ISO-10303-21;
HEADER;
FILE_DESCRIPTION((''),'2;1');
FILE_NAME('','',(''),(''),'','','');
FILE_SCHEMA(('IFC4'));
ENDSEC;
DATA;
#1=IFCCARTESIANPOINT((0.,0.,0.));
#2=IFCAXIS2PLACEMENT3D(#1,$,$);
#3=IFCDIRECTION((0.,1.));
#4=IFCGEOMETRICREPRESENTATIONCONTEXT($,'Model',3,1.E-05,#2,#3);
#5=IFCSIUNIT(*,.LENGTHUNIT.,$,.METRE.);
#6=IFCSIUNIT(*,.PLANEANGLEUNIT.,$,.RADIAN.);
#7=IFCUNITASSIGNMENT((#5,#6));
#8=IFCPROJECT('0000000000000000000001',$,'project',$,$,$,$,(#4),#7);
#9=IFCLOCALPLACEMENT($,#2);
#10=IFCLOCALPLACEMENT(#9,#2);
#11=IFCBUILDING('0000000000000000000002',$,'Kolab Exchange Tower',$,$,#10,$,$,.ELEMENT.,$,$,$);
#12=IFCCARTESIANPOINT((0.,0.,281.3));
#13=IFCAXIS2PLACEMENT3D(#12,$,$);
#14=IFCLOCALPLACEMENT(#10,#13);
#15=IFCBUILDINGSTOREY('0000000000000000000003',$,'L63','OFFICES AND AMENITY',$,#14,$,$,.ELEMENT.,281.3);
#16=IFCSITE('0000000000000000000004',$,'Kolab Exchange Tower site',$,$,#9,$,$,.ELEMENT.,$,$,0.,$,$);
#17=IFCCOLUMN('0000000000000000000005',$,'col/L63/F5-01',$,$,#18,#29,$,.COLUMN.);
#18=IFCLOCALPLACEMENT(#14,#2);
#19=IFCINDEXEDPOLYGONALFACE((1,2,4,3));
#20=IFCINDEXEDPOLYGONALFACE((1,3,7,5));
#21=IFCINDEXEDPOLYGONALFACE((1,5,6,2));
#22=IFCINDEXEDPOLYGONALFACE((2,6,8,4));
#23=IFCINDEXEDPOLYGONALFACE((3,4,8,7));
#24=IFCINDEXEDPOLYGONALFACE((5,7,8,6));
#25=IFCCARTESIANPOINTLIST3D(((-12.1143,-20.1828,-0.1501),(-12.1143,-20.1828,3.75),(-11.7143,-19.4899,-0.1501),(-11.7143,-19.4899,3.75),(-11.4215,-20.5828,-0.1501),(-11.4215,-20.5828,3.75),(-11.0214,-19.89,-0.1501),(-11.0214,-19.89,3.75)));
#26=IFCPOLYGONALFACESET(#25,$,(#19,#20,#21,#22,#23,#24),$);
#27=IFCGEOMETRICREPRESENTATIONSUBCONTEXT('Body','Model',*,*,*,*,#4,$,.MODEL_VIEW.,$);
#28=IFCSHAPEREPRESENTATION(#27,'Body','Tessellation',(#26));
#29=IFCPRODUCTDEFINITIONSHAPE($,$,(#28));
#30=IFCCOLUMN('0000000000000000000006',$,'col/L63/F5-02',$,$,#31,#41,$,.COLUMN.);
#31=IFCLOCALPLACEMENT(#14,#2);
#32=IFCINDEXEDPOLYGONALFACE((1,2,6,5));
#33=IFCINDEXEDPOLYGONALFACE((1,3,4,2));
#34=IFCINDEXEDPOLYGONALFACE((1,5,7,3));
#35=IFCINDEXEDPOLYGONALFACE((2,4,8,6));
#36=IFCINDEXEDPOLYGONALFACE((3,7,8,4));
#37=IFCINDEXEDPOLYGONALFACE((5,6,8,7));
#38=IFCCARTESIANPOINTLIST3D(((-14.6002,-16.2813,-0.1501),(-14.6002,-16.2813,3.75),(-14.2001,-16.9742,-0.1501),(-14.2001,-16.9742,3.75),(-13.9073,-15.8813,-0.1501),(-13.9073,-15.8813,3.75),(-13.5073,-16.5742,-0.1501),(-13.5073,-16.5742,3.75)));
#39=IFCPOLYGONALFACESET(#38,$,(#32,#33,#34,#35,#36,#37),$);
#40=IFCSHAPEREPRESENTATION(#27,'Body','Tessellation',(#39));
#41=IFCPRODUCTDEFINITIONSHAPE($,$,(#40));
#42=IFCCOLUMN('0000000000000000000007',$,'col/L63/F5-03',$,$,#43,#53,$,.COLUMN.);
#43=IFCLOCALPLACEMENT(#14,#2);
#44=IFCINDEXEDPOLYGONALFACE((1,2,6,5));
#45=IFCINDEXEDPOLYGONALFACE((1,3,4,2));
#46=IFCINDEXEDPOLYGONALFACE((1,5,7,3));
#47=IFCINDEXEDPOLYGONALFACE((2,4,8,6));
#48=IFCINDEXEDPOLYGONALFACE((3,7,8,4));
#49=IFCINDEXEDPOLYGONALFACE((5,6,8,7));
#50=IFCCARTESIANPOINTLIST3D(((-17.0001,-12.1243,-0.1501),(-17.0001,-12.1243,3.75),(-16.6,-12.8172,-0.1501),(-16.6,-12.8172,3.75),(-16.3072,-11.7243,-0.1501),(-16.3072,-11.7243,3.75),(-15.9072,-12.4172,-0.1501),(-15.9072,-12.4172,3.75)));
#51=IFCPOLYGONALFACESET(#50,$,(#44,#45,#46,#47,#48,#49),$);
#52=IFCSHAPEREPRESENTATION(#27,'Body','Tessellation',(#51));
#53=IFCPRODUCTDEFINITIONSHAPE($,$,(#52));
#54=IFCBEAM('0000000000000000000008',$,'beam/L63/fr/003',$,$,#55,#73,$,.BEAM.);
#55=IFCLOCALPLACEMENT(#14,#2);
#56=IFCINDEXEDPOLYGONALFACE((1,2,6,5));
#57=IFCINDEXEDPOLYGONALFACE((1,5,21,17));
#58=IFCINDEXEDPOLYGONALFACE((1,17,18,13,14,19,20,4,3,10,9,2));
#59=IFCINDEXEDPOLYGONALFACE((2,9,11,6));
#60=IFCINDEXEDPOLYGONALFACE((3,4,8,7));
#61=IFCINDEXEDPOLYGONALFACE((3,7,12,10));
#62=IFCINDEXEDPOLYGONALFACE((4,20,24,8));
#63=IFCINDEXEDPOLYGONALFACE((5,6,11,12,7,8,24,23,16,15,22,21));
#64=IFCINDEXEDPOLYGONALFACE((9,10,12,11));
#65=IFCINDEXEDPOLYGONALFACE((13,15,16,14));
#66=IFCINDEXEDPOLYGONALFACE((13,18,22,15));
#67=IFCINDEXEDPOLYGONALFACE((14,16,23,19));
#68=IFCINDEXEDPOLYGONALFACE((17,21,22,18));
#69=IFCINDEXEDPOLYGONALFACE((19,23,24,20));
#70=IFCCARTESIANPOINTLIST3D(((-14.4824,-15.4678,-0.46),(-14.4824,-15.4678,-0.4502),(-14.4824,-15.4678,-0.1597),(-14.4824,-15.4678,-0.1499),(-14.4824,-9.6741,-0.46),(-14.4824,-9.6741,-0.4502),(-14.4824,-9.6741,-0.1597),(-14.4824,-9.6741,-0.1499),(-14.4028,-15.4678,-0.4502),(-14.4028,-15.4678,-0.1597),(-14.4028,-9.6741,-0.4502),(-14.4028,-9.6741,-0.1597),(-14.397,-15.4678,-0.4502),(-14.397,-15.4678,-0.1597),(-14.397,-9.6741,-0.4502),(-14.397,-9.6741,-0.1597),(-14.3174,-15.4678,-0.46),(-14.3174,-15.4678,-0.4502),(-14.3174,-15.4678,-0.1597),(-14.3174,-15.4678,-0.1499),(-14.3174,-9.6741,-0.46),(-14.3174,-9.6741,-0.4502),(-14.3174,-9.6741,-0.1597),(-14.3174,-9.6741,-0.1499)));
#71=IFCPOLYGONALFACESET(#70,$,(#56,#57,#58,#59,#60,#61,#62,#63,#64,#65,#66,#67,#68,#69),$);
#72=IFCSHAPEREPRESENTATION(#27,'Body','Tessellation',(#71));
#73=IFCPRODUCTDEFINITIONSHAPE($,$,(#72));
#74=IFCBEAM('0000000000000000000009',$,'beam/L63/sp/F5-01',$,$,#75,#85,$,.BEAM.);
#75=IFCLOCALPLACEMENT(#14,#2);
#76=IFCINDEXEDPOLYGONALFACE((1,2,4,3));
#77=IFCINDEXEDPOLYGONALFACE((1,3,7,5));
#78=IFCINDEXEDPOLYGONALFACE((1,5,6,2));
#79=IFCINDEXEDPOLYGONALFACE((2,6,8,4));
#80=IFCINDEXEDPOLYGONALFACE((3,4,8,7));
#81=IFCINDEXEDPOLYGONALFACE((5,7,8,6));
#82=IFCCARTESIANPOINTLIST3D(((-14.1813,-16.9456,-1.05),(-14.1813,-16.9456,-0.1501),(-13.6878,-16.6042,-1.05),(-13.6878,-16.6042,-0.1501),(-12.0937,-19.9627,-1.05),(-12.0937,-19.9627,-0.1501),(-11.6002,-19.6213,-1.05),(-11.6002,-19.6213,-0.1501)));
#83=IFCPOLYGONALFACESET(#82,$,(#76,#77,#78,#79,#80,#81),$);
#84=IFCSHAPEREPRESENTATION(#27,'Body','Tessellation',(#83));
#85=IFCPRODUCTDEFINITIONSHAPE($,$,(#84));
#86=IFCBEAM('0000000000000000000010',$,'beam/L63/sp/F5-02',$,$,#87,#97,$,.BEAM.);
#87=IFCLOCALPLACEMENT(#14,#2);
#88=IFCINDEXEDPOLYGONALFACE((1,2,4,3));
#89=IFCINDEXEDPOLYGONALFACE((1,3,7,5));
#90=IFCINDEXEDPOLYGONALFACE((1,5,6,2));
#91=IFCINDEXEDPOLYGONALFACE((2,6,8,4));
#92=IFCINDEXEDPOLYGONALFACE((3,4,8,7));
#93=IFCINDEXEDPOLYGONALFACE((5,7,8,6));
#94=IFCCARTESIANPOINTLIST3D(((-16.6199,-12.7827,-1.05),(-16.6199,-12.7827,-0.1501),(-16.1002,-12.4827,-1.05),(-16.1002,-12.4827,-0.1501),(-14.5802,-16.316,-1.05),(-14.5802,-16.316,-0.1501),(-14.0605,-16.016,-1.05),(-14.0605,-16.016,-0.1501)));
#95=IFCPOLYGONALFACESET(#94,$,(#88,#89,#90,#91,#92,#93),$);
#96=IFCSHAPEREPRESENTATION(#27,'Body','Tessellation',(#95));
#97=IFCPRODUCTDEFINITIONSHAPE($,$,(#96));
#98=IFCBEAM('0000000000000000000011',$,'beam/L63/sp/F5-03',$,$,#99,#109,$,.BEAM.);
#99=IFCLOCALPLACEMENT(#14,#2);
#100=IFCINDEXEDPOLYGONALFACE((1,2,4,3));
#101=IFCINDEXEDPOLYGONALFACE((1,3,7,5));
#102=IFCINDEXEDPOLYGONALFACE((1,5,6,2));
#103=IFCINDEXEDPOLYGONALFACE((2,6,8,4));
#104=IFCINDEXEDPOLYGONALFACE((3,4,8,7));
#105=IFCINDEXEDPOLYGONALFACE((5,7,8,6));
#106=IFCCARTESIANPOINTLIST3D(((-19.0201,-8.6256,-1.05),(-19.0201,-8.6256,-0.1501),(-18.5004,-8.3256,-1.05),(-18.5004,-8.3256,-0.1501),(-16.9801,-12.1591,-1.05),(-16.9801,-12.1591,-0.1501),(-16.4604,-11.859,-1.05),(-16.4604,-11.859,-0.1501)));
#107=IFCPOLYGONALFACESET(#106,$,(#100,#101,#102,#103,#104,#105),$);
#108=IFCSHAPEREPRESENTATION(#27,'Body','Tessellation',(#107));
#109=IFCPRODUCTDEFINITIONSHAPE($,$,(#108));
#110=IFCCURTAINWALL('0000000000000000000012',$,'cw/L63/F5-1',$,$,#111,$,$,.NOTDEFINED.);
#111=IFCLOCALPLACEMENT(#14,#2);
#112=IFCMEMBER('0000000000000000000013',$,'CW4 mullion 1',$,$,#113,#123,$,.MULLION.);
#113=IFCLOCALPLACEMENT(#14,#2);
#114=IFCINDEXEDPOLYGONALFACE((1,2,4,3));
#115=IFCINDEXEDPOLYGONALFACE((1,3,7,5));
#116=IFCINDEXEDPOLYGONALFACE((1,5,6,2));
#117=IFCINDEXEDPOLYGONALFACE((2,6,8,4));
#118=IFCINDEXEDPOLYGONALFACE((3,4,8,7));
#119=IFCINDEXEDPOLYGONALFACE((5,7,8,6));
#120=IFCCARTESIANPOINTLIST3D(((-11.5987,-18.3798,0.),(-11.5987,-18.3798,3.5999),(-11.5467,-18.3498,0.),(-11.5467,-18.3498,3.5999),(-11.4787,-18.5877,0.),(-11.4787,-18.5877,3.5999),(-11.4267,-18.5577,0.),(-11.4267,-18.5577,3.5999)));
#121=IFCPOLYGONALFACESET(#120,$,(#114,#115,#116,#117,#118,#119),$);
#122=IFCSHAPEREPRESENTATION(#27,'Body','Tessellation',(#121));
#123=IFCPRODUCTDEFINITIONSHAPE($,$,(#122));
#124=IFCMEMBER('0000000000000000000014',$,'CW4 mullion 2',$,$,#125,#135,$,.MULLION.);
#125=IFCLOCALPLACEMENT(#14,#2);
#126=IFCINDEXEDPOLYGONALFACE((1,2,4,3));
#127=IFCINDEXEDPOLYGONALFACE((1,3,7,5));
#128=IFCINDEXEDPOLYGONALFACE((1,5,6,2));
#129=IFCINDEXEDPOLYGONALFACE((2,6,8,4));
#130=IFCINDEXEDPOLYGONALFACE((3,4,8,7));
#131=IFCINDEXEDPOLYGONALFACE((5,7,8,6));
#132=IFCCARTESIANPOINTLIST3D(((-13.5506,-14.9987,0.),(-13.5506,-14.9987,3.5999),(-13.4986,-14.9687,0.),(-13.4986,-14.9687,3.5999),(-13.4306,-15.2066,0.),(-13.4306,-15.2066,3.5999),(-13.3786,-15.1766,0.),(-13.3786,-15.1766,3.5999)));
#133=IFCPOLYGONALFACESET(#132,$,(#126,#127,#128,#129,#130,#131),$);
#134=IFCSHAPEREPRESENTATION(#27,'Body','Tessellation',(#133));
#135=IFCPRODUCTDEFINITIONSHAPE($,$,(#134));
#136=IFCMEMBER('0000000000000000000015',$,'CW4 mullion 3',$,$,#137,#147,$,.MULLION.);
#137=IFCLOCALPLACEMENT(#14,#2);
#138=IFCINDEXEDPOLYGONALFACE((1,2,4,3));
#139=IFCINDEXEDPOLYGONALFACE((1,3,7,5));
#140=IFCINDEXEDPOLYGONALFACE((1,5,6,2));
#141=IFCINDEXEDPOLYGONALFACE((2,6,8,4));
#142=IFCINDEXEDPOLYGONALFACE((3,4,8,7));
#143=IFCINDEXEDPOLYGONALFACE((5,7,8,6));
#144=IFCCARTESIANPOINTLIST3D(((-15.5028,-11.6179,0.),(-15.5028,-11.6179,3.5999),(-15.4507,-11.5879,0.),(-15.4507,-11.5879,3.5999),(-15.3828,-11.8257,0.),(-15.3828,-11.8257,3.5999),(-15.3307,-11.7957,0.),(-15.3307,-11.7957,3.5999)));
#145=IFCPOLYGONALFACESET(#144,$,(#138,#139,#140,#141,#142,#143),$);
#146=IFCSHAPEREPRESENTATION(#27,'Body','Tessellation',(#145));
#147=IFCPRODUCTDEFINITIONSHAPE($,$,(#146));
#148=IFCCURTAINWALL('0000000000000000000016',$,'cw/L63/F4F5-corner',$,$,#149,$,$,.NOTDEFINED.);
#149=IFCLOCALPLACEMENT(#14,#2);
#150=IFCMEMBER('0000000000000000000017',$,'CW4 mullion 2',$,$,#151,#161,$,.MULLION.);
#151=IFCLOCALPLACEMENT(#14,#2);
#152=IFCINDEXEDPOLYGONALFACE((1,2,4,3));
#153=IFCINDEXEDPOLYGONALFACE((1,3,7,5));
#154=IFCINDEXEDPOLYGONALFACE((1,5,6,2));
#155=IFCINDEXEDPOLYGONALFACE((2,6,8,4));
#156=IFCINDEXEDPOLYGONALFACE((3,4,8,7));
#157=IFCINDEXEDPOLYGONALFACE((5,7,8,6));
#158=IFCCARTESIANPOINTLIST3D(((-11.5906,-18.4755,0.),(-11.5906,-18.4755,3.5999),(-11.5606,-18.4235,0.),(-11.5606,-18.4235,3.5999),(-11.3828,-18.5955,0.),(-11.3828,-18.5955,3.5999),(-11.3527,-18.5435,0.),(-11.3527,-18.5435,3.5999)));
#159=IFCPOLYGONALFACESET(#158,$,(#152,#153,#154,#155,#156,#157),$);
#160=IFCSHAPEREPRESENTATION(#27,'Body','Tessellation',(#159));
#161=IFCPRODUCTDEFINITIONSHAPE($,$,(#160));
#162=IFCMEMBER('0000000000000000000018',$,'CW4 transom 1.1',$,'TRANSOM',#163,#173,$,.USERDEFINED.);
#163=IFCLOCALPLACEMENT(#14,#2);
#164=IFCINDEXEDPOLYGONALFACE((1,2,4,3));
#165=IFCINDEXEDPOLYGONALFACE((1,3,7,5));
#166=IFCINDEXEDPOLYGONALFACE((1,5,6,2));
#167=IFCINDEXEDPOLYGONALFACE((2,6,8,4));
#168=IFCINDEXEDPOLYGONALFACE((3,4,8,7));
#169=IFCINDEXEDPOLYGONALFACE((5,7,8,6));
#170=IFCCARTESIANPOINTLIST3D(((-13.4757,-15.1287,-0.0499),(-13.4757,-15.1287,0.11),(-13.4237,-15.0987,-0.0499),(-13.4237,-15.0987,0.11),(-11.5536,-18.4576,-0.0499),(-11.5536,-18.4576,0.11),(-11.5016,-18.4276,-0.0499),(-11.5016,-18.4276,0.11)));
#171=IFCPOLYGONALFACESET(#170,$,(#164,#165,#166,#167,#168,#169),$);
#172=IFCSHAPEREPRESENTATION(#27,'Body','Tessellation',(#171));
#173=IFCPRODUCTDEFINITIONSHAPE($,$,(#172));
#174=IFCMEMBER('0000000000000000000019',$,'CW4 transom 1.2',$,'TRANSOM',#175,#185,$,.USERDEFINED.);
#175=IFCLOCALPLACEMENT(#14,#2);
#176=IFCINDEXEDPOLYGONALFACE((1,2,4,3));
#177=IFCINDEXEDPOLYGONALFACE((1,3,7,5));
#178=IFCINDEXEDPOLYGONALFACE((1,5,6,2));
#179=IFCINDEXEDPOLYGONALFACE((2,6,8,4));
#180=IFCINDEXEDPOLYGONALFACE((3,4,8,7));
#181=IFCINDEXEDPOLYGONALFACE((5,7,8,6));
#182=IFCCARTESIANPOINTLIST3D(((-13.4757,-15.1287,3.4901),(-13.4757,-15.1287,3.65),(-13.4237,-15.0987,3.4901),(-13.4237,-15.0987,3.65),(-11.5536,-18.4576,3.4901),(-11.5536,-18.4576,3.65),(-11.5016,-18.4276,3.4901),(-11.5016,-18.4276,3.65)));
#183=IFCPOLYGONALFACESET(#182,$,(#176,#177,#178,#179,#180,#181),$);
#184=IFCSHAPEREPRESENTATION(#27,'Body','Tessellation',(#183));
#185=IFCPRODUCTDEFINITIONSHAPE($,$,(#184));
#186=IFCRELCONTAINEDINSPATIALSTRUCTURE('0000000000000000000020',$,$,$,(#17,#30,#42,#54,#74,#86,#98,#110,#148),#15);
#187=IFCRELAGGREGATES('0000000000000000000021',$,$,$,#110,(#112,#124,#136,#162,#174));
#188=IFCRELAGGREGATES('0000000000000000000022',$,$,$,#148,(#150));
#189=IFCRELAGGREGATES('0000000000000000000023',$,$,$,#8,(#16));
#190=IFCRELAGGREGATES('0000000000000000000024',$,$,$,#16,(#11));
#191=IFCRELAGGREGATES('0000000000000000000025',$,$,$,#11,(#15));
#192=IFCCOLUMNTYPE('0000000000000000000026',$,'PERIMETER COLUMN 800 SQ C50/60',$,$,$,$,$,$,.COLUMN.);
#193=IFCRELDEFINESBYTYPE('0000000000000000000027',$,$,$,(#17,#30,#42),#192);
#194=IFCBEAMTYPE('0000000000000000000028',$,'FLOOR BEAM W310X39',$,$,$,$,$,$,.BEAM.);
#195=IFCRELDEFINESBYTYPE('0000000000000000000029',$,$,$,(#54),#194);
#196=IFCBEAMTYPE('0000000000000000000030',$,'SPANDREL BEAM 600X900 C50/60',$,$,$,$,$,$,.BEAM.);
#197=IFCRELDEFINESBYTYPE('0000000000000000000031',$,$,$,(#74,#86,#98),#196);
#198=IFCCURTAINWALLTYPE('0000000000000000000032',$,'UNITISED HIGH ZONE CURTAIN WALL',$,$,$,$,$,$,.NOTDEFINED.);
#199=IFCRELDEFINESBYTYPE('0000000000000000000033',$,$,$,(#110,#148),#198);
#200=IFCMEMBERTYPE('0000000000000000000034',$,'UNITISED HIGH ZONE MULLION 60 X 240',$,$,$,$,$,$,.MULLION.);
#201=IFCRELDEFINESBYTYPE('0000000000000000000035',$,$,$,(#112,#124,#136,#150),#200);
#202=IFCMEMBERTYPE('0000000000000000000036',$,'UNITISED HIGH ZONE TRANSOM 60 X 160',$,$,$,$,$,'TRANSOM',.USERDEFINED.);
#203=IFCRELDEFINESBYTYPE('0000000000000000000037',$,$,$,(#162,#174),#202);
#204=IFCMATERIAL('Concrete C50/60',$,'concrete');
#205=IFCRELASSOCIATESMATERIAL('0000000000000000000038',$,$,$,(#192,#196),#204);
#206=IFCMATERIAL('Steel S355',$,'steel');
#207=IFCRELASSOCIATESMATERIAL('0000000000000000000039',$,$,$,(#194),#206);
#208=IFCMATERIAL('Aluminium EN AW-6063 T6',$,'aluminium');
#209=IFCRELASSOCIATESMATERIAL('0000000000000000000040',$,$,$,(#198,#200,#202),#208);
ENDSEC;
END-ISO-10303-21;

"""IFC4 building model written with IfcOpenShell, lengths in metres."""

from ifc_helpers import new_model, si_unit, direction, frame, origin, origin_2d, place, context, subcontext, project, spatial, rectangle, i_section, extrude, material, material_profile, profile_set, type_object, element, aggregate, save


model = new_model("IFC4")

# Units and contexts
model_context = context("Model", 3, precision=1e-05, world=origin(), true_north=direction((0.0, 1.0)))
body_context = subcontext(model_context, "Body", "Model", "MODEL_VIEW")
ifc_project = project(units=[si_unit("LENGTHUNIT", "METRE"), si_unit("PLANEANGLEUNIT", "RADIAN")], contexts=[model_context])

# Site, building, storey
site_placement = place(None, origin())
site = spatial("IfcSite", under=ifc_project, at=site_placement, Name="Kolab Exchange Tower site", CompositionType="ELEMENT", RefElevation=0.0)
building_placement = place(site_placement, origin())
building = spatial("IfcBuilding", under=site, at=building_placement, Name="Kolab Exchange Tower", CompositionType="ELEMENT")
storey_placement = place(building_placement, frame((0.0, 0.0, 281.3)))
storey = spatial("IfcBuildingStorey", under=building, at=storey_placement, Name="L63", Description="OFFICES AND AMENITY", CompositionType="ELEMENT", Elevation=281.3)

# Columns
ifc_material_1 = material(Name="Concrete C50/60", Category="concrete")
ifc_material_profile_1 = material_profile(ifc_material_1, rectangle(XDim=0.8, YDim=0.8, at=origin_2d()), Name="RC800")
ifc_profile_set_1 = profile_set([ifc_material_profile_1], Name="Concrete C50/60")
column_type = type_object("IfcColumnType", Name="PERIMETER COLUMN 800 SQ C50/60", PredefinedType="COLUMN", material=ifc_profile_set_1)
for number, where, z_axis, x_axis, name in (
    (1, (-11.5679, -20.0364, -0.1501), (0.0, 0.0, 1.0), (0.5, 0.866025, 0.0), "col/L63/F5-01"),
    (2, (-14.0537, -16.4277, -0.1501), (0.0, 0.0, 1.0), (0.866025, 0.5, 0.0), "col/L63/F5-02"),
    (3, (-16.4536, -12.2708, -0.1501), (0.0, 0.0, 1.0), (0.866025, 0.5, 0.0), "col/L63/F5-03"),
):
    element("IfcColumn", number, at=place(storey_placement, frame(where, z_axis=z_axis, x_axis=x_axis)), inside=storey, type_object=column_type, Name=name, PredefinedType="COLUMN", context=body_context, shape_type="SweptSolid", body=[
        extrude(rectangle(XDim=0.8, YDim=0.8, at=origin_2d()), origin(), (0.0, 0.0, 1.0), 3.9001),
    ])

# Beams
ifc_material_2 = material(Name="Steel S355", Category="steel")
ifc_material_profile_2 = material_profile(ifc_material_2, i_section(OverallWidth=0.165, OverallDepth=0.3101, WebThickness=0.0059, FlangeThickness=0.0098, at=origin_2d()), Name="W310X39")
ifc_profile_set_2 = profile_set([ifc_material_profile_2], Name="Steel S355")
beam_type_1 = type_object("IfcBeamType", Name="FLOOR BEAM W310X39", PredefinedType="BEAM", material=ifc_profile_set_2)
beam_1_placement = place(storey_placement, frame((-14.3999, -15.4678, -0.3049), z_axis=(0.0, 1.0, 0.0), x_axis=(-1.0, 0.0, 0.0)))
element("IfcBeam", 4, at=beam_1_placement, inside=storey, type_object=beam_type_1, Name="beam/L63/fr/003", PredefinedType="BEAM", context=body_context, shape_type="SweptSolid", body=[
    extrude(i_section(OverallWidth=0.165, OverallDepth=0.3101, WebThickness=0.0059, FlangeThickness=0.0098, at=origin_2d()), origin(), (0.0, 0.0, 1.0), 5.7937),
])
ifc_material_profile_3 = material_profile(ifc_material_1, rectangle(XDim=0.6001, YDim=0.8999, at=origin_2d()), Name="RC600X900")
ifc_profile_set_3 = profile_set([ifc_material_profile_3], Name="Concrete C50/60")
beam_type_2 = type_object("IfcBeamType", Name="SPANDREL BEAM 600X900 C50/60", PredefinedType="BEAM", material=ifc_profile_set_3)
beam_2_placement = place(storey_placement, frame((-11.8469, -19.792, -0.6001), z_axis=(-0.569006, 0.822334, 0.0), x_axis=(-0.822334, -0.569006, 0.0)))
element("IfcBeam", 5, at=beam_2_placement, inside=storey, type_object=beam_type_2, Name="beam/L63/sp/F5-01", PredefinedType="BEAM", context=body_context, shape_type="SweptSolid", body=[
    extrude(rectangle(XDim=0.6001, YDim=0.8999, at=origin_2d()), origin(), (0.0, 0.0, 1.0), 3.6689),
])
beam_3_placement = place(storey_placement, frame((-14.3203, -16.166, -0.6001), z_axis=(-0.499956, 0.866051, 0.0), x_axis=(-0.866051, -0.499956, 0.0)))
element("IfcBeam", 6, at=beam_3_placement, inside=storey, type_object=beam_type_2, Name="beam/L63/sp/F5-02", PredefinedType="BEAM", context=body_context, shape_type="SweptSolid", body=[
    extrude(rectangle(XDim=0.6001, YDim=0.8999, at=origin_2d()), origin(), (0.0, 0.0, 1.0), 4.0798),
])
beam_4_placement = place(storey_placement, frame((-16.7202, -12.009, -0.6001), z_axis=(-0.5, 0.866025, 0.0), x_axis=(-0.866025, -0.5, 0.0)))
element("IfcBeam", 7, at=beam_4_placement, inside=storey, type_object=beam_type_2, Name="beam/L63/sp/F5-03", PredefinedType="BEAM", context=body_context, shape_type="SweptSolid", body=[
    extrude(rectangle(XDim=0.6001, YDim=0.8999, at=origin_2d()), origin(), (0.0, 0.0, 1.0), 4.0801),
])

# Curtain wall, members
ifc_material_3 = material(Name="Aluminium EN AW-6063 T6", Category="aluminium")
curtain_wall_type = type_object("IfcCurtainWallType", Name="UNITISED HIGH ZONE CURTAIN WALL", PredefinedType="NOTDEFINED", material=ifc_material_3)
curtain_wall_1_placement = place(storey_placement, origin())
curtain_wall_1 = element("IfcCurtainWall", 8, at=curtain_wall_1_placement, inside=storey, type_object=curtain_wall_type, Name="cw/L63/F5-1", PredefinedType="NOTDEFINED")
ifc_material_profile_4 = material_profile(ifc_material_3, rectangle(XDim=0.0601, YDim=0.24, at=origin_2d()), Name="RECT 60X240")
ifc_profile_set_4 = profile_set([ifc_material_profile_4], Name="Aluminium EN AW-6063 T6")
member_type_1 = type_object("IfcMemberType", Name="UNITISED HIGH ZONE MULLION 60 X 240", PredefinedType="MULLION", material=ifc_profile_set_4)
member_1_placement = place(storey_placement, frame((-11.5127, -18.4688, 0.0), z_axis=(0.0, 0.0, 1.0), x_axis=(-0.866025, -0.5, 0.0)))
member_1 = element("IfcMember", 9, at=member_1_placement, type_object=member_type_1, Name="CW4 mullion 1", PredefinedType="MULLION", context=body_context, shape_type="SweptSolid", body=[
    extrude(rectangle(XDim=0.0601, YDim=0.24, at=origin_2d()), origin(), (0.0, 0.0, 1.0), 3.5999),
])
member_2_placement = place(storey_placement, frame((-13.4646, -15.0876, 0.0), z_axis=(0.0, 0.0, 1.0), x_axis=(-0.866025, -0.5, 0.0)))
member_2 = element("IfcMember", 10, at=member_2_placement, type_object=member_type_1, Name="CW4 mullion 2", PredefinedType="MULLION", context=body_context, shape_type="SweptSolid", body=[
    extrude(rectangle(XDim=0.0601, YDim=0.24, at=origin_2d()), origin(), (0.0, 0.0, 1.0), 3.5999),
])
member_3_placement = place(storey_placement, frame((-15.4167, -11.7068, 0.0), z_axis=(0.0, 0.0, 1.0), x_axis=(-0.866025, -0.5, 0.0)))
member_3 = element("IfcMember", 11, at=member_3_placement, type_object=member_type_1, Name="CW4 mullion 3", PredefinedType="MULLION", context=body_context, shape_type="SweptSolid", body=[
    extrude(rectangle(XDim=0.0601, YDim=0.24, at=origin_2d()), origin(), (0.0, 0.0, 1.0), 3.5999),
])

# Curtain wall, member
curtain_wall_2_placement = place(storey_placement, origin())
curtain_wall_2 = element("IfcCurtainWall", 12, at=curtain_wall_2_placement, inside=storey, type_object=curtain_wall_type, Name="cw/L63/F4F5-corner", PredefinedType="NOTDEFINED")
member_4_placement = place(storey_placement, frame((-11.4717, -18.5095, 0.0), z_axis=(0.0, 0.0, 1.0), x_axis=(-0.5, -0.866025, 0.0)))
member_4 = element("IfcMember", 13, at=member_4_placement, type_object=member_type_1, Name="CW4 mullion 2", PredefinedType="MULLION", context=body_context, shape_type="SweptSolid", body=[
    extrude(rectangle(XDim=0.0601, YDim=0.24, at=origin_2d()), origin(), (0.0, 0.0, 1.0), 3.5999),
])

# Members
ifc_material_profile_5 = material_profile(ifc_material_3, rectangle(XDim=0.0601, YDim=0.1599, at=origin_2d()), Name="RECT 60X160")
ifc_profile_set_5 = profile_set([ifc_material_profile_5], Name="Aluminium EN AW-6063 T6")
member_type_2 = type_object("IfcMemberType", Name="UNITISED HIGH ZONE TRANSOM 60 X 160", ElementType="TRANSOM", PredefinedType="USERDEFINED", material=ifc_profile_set_5)
member_5_placement = place(storey_placement, frame((-11.5276, -18.4426, 0.03), z_axis=(-0.500039, 0.866003, 0.0), x_axis=(-0.866003, -0.500039, 0.0)))
member_5 = element("IfcMember", 14, at=member_5_placement, type_object=member_type_2, Name="CW4 transom 1.1", ObjectType="TRANSOM", PredefinedType="USERDEFINED", context=body_context, shape_type="SweptSolid", body=[
    extrude(rectangle(XDim=0.0601, YDim=0.1599, at=origin_2d()), origin(), (0.0, 0.0, 1.0), 3.844),
])
member_6_placement = place(storey_placement, frame((-11.5276, -18.4426, 3.5701), z_axis=(-0.500039, 0.866003, 0.0), x_axis=(-0.866003, -0.500039, 0.0)))
member_6 = element("IfcMember", 15, at=member_6_placement, type_object=member_type_2, Name="CW4 transom 1.2", ObjectType="TRANSOM", PredefinedType="USERDEFINED", context=body_context, shape_type="SweptSolid", body=[
    extrude(rectangle(XDim=0.0601, YDim=0.1599, at=origin_2d()), origin(), (0.0, 0.0, 1.0), 3.844),
])

aggregate(curtain_wall_1, [member_1, member_2, member_3, member_5, member_6])
aggregate(curtain_wall_2, [member_4])

save(model, "model.ifc")
